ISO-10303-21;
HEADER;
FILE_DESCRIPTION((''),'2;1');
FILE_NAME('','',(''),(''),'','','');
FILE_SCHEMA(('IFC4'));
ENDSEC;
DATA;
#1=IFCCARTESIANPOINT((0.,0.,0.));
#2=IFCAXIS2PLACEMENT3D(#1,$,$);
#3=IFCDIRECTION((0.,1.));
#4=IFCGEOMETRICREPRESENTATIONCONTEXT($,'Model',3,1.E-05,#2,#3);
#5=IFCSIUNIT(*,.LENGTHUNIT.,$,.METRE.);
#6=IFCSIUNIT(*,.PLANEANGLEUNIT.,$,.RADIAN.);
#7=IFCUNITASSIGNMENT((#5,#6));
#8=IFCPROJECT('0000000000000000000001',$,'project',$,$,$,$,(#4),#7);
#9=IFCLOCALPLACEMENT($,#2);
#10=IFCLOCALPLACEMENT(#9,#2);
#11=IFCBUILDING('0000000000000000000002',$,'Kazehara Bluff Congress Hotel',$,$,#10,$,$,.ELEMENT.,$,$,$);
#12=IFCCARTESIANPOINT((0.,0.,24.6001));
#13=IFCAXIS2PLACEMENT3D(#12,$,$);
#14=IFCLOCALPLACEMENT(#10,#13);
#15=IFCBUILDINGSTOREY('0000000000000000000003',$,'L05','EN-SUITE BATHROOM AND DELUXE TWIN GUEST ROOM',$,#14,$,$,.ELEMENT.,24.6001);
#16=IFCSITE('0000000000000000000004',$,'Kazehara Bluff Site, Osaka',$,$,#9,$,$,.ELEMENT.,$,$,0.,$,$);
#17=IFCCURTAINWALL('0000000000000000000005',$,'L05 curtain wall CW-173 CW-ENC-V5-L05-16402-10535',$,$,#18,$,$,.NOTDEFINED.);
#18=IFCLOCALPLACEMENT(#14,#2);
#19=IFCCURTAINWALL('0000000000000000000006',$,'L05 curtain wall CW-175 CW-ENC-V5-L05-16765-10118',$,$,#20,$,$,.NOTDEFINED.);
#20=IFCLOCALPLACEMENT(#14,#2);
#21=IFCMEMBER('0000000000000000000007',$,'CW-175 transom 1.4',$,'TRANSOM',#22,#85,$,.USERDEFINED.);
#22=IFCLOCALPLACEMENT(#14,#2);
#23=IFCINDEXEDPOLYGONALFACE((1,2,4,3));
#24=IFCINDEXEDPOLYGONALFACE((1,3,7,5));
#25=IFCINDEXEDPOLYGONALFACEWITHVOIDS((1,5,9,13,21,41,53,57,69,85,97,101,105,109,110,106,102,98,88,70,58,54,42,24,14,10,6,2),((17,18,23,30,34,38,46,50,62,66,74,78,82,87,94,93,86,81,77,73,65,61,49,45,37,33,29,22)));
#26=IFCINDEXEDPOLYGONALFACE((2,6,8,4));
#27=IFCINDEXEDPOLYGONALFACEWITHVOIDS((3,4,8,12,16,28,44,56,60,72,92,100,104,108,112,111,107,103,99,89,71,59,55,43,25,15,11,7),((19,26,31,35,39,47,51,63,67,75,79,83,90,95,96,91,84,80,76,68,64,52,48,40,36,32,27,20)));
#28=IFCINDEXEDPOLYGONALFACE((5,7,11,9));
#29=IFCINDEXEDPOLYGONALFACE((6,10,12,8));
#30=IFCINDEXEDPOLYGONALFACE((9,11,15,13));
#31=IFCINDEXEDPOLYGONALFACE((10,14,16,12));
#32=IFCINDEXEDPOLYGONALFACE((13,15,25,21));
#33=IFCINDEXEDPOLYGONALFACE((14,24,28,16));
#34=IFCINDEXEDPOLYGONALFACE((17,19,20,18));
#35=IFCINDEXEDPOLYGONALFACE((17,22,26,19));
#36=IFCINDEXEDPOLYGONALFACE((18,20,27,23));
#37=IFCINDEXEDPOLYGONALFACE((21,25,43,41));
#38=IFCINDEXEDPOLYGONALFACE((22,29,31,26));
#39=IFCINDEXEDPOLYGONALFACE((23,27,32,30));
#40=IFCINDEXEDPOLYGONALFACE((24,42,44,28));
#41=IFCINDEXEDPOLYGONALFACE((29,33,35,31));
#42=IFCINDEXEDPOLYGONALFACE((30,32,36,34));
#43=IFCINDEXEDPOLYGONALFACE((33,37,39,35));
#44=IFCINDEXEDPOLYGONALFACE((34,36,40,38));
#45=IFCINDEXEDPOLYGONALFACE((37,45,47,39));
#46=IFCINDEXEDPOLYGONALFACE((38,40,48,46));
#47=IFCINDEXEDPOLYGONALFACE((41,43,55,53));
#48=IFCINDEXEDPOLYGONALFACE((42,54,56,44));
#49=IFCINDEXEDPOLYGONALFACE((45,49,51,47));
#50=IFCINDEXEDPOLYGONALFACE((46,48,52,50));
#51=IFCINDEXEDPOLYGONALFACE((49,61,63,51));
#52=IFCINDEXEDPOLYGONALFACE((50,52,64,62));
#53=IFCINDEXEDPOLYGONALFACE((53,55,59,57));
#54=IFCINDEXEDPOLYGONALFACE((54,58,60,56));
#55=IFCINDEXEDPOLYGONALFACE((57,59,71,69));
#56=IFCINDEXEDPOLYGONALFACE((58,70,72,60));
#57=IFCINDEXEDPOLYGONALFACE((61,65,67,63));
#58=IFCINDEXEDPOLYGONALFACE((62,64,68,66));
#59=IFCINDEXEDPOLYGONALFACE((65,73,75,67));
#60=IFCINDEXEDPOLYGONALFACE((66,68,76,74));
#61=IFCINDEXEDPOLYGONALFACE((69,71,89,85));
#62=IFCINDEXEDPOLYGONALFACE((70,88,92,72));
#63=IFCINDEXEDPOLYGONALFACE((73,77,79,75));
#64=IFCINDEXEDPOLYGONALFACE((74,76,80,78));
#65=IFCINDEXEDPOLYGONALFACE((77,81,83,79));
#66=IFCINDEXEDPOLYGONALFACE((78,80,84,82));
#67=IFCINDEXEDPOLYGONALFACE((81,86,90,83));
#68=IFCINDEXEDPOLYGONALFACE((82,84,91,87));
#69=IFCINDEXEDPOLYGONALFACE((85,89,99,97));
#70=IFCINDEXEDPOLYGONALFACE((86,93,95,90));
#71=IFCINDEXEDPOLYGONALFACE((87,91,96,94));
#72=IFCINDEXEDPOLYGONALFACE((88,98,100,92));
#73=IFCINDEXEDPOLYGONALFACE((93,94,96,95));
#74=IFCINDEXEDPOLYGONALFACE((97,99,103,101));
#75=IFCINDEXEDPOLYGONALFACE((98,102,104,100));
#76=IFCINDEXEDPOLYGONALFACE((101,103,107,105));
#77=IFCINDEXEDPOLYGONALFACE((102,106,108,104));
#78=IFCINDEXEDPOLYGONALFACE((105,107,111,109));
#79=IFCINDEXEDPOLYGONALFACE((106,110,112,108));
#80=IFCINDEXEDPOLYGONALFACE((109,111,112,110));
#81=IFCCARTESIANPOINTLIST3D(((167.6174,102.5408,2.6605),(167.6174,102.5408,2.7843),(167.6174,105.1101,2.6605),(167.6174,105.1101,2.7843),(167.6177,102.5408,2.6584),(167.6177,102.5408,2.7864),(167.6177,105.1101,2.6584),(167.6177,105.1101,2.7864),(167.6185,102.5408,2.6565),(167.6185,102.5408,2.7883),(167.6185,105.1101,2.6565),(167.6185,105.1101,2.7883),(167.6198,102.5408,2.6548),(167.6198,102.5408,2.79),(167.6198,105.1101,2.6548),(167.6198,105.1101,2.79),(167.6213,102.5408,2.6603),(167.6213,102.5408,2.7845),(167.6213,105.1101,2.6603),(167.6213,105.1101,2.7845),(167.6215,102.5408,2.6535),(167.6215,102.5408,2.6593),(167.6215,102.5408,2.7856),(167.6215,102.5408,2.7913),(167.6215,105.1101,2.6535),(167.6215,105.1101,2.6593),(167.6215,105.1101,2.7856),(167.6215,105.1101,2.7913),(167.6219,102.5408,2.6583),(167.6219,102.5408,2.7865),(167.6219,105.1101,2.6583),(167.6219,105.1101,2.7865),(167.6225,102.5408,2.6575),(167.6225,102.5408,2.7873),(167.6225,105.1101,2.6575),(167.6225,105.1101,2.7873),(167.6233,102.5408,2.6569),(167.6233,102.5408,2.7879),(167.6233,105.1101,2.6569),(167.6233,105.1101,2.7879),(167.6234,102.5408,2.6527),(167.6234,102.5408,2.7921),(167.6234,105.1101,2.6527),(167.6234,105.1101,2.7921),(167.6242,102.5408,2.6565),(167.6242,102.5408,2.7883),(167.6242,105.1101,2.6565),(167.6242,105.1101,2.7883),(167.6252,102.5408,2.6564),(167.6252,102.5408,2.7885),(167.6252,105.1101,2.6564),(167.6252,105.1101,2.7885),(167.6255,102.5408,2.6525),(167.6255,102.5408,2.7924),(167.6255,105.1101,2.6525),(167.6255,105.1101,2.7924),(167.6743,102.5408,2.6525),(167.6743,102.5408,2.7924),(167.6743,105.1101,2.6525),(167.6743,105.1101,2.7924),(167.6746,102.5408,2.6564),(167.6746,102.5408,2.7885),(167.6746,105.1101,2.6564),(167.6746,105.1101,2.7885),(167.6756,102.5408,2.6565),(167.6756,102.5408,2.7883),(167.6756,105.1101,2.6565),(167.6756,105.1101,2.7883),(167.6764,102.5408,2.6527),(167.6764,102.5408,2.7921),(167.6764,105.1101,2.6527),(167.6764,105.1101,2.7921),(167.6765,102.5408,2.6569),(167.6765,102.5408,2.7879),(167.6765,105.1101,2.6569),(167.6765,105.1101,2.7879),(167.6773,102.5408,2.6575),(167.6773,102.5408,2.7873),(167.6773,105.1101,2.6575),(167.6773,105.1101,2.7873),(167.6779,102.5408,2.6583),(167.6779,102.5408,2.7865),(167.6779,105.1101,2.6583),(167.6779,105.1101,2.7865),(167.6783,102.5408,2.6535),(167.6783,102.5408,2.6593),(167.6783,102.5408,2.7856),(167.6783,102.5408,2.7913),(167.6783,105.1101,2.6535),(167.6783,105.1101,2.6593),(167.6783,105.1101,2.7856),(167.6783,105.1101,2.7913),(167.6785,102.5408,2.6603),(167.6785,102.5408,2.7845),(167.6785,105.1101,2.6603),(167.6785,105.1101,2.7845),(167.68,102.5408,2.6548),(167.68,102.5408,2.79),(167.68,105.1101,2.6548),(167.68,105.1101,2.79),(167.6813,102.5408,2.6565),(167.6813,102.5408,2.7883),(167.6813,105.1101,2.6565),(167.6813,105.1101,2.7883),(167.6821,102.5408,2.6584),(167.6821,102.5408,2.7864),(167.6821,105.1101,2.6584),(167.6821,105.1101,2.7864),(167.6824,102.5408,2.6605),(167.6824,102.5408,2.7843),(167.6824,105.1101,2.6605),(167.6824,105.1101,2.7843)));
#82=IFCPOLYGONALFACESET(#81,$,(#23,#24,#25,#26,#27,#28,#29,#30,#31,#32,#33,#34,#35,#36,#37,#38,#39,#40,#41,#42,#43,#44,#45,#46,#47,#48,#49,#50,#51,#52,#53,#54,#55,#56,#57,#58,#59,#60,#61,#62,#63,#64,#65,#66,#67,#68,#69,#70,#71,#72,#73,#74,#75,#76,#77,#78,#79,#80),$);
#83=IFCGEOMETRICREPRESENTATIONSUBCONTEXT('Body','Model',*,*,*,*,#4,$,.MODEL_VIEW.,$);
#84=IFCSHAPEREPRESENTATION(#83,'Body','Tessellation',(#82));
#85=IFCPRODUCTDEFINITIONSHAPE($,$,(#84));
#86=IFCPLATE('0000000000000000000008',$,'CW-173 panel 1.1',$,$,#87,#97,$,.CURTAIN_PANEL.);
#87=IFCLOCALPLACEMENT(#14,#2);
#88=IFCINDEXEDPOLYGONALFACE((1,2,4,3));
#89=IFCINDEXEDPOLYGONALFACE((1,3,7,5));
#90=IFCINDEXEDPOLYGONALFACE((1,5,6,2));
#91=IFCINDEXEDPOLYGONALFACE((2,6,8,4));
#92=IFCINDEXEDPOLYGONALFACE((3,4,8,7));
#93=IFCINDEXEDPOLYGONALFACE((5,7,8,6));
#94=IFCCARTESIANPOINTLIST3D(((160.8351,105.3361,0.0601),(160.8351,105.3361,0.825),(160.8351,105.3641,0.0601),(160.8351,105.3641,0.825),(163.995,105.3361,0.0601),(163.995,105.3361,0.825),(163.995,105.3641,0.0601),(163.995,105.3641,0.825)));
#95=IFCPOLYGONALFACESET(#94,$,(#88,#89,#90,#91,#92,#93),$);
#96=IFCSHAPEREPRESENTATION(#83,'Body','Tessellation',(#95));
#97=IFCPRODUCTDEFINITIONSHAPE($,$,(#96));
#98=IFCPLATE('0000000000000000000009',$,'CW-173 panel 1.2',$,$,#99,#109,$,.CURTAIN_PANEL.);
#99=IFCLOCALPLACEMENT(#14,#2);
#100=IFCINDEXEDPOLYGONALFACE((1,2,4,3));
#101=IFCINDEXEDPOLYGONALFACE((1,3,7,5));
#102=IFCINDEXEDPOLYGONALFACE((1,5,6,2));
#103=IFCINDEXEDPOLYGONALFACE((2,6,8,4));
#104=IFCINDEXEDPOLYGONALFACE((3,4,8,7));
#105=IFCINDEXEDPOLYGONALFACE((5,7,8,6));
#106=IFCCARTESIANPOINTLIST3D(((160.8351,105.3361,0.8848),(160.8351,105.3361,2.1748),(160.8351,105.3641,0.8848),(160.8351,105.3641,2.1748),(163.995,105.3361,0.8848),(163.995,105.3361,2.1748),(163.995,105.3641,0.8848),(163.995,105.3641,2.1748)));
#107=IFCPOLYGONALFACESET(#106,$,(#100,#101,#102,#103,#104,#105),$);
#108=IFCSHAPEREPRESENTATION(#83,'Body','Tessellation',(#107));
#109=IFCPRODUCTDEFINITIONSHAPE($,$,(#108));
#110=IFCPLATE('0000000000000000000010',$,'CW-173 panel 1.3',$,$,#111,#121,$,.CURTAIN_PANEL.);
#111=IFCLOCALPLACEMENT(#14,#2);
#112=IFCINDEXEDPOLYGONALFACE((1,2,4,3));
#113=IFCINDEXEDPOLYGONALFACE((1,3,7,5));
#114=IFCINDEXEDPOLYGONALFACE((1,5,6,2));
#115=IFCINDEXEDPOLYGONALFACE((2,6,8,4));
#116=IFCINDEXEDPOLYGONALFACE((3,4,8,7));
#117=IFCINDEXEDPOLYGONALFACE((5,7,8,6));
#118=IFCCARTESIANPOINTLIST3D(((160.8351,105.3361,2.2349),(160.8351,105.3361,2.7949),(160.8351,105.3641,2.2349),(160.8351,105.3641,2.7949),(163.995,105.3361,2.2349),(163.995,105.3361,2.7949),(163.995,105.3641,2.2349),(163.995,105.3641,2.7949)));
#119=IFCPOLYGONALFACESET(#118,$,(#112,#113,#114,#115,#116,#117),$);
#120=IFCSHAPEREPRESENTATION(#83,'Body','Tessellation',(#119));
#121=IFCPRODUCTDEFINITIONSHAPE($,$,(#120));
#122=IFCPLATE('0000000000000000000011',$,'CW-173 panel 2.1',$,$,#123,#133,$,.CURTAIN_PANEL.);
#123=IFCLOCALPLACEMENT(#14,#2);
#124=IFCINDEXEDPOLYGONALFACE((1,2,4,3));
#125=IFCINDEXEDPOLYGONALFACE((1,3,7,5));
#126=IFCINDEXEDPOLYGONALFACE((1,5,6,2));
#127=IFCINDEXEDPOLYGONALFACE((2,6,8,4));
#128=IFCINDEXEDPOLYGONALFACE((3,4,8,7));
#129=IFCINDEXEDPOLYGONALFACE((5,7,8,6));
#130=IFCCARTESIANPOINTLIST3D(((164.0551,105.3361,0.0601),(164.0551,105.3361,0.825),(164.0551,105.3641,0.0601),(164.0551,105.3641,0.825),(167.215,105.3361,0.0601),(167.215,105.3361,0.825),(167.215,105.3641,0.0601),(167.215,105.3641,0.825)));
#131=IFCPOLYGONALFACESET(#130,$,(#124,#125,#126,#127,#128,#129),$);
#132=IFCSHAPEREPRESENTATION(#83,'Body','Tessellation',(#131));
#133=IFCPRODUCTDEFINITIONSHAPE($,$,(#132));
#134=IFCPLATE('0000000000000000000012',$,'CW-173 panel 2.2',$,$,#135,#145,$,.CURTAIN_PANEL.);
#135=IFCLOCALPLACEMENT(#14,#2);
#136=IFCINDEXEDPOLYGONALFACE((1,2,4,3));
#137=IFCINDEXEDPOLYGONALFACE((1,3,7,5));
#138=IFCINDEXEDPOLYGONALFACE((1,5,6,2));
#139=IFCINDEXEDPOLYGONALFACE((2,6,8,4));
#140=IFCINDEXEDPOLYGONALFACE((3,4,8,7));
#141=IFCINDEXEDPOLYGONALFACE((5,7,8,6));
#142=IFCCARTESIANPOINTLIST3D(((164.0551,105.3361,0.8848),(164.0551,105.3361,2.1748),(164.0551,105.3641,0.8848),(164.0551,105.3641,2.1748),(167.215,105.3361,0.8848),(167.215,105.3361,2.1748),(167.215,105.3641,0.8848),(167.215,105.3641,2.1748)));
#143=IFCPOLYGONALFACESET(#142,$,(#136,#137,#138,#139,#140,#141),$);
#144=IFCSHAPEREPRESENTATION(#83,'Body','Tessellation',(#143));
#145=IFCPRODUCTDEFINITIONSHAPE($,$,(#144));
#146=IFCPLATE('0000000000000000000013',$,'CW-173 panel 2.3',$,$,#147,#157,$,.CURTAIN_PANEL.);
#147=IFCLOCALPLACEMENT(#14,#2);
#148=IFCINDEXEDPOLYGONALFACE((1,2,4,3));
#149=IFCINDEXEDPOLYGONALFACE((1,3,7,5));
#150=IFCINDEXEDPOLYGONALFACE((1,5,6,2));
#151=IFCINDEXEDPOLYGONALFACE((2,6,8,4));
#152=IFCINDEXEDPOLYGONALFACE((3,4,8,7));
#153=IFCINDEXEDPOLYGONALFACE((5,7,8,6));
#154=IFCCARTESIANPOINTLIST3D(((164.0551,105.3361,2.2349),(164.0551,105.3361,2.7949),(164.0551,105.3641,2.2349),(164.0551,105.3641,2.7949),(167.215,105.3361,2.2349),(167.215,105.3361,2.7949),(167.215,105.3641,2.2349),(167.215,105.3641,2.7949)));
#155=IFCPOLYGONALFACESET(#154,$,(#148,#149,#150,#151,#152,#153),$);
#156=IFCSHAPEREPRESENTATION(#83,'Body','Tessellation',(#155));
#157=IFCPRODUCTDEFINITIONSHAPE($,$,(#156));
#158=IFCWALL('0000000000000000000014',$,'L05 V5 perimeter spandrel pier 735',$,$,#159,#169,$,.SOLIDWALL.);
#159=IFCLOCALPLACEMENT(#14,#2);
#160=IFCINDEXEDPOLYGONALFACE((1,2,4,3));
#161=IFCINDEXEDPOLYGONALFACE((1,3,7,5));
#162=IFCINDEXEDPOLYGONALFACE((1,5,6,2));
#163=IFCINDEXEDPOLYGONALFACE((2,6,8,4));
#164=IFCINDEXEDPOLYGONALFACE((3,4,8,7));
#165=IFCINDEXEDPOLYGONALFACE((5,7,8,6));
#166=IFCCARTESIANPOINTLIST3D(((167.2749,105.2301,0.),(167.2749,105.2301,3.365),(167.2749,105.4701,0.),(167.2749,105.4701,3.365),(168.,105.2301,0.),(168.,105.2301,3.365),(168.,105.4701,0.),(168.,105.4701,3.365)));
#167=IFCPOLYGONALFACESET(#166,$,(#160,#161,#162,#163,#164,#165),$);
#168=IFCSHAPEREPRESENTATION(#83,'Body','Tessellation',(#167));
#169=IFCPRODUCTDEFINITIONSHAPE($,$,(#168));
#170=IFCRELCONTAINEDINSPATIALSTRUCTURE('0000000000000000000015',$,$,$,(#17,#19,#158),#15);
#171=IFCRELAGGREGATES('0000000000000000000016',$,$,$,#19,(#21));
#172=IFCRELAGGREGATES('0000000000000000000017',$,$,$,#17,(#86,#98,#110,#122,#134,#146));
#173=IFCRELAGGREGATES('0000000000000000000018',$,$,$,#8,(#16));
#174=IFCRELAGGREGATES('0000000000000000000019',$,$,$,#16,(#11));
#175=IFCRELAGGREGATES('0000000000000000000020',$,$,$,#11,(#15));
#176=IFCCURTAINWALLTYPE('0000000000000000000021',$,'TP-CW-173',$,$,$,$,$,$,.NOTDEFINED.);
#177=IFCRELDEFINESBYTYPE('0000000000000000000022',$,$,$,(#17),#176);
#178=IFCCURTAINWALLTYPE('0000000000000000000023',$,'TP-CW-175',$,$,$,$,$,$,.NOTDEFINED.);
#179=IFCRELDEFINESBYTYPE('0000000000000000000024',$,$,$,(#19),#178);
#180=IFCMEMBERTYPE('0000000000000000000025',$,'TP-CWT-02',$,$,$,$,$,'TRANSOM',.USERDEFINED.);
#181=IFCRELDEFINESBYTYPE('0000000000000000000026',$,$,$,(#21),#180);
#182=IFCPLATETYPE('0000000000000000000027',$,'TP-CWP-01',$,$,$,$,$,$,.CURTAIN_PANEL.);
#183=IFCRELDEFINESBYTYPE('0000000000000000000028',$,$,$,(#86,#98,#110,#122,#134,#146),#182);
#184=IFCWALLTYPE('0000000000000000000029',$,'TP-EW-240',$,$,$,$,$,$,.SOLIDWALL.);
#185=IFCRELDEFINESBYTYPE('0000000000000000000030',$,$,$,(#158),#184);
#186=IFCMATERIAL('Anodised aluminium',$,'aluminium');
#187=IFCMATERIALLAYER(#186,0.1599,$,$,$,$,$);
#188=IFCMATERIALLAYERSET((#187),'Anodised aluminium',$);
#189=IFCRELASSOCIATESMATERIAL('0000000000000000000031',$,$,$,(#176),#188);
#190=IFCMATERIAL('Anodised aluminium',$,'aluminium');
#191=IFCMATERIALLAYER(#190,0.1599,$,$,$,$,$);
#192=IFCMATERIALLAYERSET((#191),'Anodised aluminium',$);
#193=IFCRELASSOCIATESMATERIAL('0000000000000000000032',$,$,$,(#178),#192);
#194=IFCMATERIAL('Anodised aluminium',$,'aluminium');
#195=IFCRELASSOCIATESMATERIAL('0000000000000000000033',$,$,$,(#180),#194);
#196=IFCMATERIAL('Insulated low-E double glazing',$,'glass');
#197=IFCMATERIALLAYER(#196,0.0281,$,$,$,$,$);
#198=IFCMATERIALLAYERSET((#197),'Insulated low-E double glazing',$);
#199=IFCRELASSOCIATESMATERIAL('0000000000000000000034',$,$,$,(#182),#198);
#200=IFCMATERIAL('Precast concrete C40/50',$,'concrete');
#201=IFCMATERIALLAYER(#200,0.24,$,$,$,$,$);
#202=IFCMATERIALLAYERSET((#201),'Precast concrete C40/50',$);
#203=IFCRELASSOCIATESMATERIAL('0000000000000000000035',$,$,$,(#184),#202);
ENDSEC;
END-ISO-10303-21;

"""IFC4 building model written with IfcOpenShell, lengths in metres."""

from ifc_helpers import new_model, si_unit, direction, frame, frame_2d, origin, origin_2d, place, context, subcontext, project, spatial, rectangle, hollow_rectangle, extrude, material, layer, layer_set, material_profile, profile_set, type_object, element, aggregate, save


model = new_model("IFC4")

# Units and contexts
model_context = context("Model", 3, precision=1e-05, world=origin(), true_north=direction((0.0, 1.0)))
body_context = subcontext(model_context, "Body", "Model", "MODEL_VIEW")
ifc_project = project(units=[si_unit("LENGTHUNIT", "METRE"), si_unit("PLANEANGLEUNIT", "RADIAN")], contexts=[model_context])

# Site, building, storey
site_placement = place(None, origin())
site = spatial("IfcSite", under=ifc_project, at=site_placement, Name="Kazehara Bluff Site, Osaka", CompositionType="ELEMENT", RefElevation=0.0)
building_placement = place(site_placement, origin())
building = spatial("IfcBuilding", under=site, at=building_placement, Name="Kazehara Bluff Congress Hotel", CompositionType="ELEMENT")
storey_placement = place(building_placement, frame((0.0, 0.0, 24.6001)))
storey = spatial("IfcBuildingStorey", under=building, at=storey_placement, Name="L05", Description="EN-SUITE BATHROOM AND DELUXE TWIN GUEST ROOM", CompositionType="ELEMENT", Elevation=24.6001)

# Curtain wall
ifc_material_1 = material(Name="Anodised aluminium", Category="aluminium")
ifc_layer_1 = layer(ifc_material_1, 0.1599)
ifc_layer_set_1 = layer_set([ifc_layer_1], Name="Anodised aluminium")
curtain_wall_type_1 = type_object("IfcCurtainWallType", Name="TP-CW-173", PredefinedType="NOTDEFINED", material=ifc_layer_set_1)
curtain_wall_1_placement = place(storey_placement, origin())
curtain_wall_1 = element("IfcCurtainWall", 1, at=curtain_wall_1_placement, inside=storey, type_object=curtain_wall_type_1, Name="L05 curtain wall CW-173 CW-ENC-V5-L05-16402-10535", PredefinedType="NOTDEFINED")

# Curtain wall
ifc_material_2 = material(Name="Anodised aluminium", Category="aluminium")
ifc_layer_2 = layer(ifc_material_2, 0.1599)
ifc_layer_set_2 = layer_set([ifc_layer_2], Name="Anodised aluminium")
curtain_wall_type_2 = type_object("IfcCurtainWallType", Name="TP-CW-175", PredefinedType="NOTDEFINED", material=ifc_layer_set_2)
curtain_wall_2_placement = place(storey_placement, origin())
curtain_wall_2 = element("IfcCurtainWall", 2, at=curtain_wall_2_placement, inside=storey, type_object=curtain_wall_type_2, Name="L05 curtain wall CW-175 CW-ENC-V5-L05-16765-10118", PredefinedType="NOTDEFINED")

# Member
ifc_material_3 = material(Name="Anodised aluminium", Category="aluminium")
ifc_material_profile_1 = material_profile(ifc_material_3, hollow_rectangle(XDim=0.0649, YDim=0.1399, WallThickness=0.0039, InnerFilletRadius=0.0039, OuterFilletRadius=0.0081, at=origin_2d()))
ifc_profile_set_1 = profile_set([ifc_material_profile_1], Name="Anodised aluminium")
member_type_1 = type_object("IfcMemberType", Name="TP-CWT-02", ElementType="TRANSOM", PredefinedType="USERDEFINED", material=ifc_profile_set_1)
member_1_placement = place(storey_placement, frame((167.6499, 105.1101, 2.7224), z_axis=(0.0, -1.0, 0.0), x_axis=(1.0, 0.0, 0.0)))
member_1 = element("IfcMember", 3, at=member_1_placement, type_object=member_type_1, Name="CW-175 transom 1.4", ObjectType="TRANSOM", PredefinedType="USERDEFINED", context=body_context, shape_type="SweptSolid", body=[
    extrude(hollow_rectangle(XDim=0.0649, YDim=0.1399, WallThickness=0.0039, InnerFilletRadius=0.0039, OuterFilletRadius=0.0081, at=origin_2d()), origin(), (0.0, 0.0, 1.0), 2.5693),
])
aggregate(curtain_wall_2, [member_1])

# Plates
ifc_material_4 = material(Name="Insulated low-E double glazing", Category="glass")
ifc_layer_3 = layer(ifc_material_4, 0.0281)
ifc_layer_set_3 = layer_set([ifc_layer_3], Name="Insulated low-E double glazing")
plate_type = type_object("IfcPlateType", Name="TP-CWP-01", PredefinedType="CURTAIN_PANEL", material=ifc_layer_set_3)
plate_1_placement = place(storey_placement, frame((162.415, 105.3501, 0.0601), z_axis=(0.0, 0.0, 1.0), x_axis=(1.0, 0.0, 0.0)))
plate_1 = element("IfcPlate", 4, at=plate_1_placement, type_object=plate_type, Name="CW-173 panel 1.1", PredefinedType="CURTAIN_PANEL", context=body_context, shape_type="SweptSolid", body=[
    extrude(rectangle(XDim=3.1599, YDim=0.0281, at=origin_2d()), origin(), (0.0, 0.0, 1.0), 0.7649),
])
plate_2_placement = place(storey_placement, frame((162.415, 105.3501, 0.8848), z_axis=(0.0, 0.0, 1.0), x_axis=(1.0, 0.0, 0.0)))
plate_2 = element("IfcPlate", 5, at=plate_2_placement, type_object=plate_type, Name="CW-173 panel 1.2", PredefinedType="CURTAIN_PANEL", context=body_context, shape_type="SweptSolid", body=[
    extrude(rectangle(XDim=3.1599, YDim=0.0281, at=origin_2d()), origin(), (0.0, 0.0, 1.0), 1.29),
])
plate_3_placement = place(storey_placement, frame((162.415, 105.3501, 2.2349), z_axis=(0.0, 0.0, 1.0), x_axis=(1.0, 0.0, 0.0)))
plate_3 = element("IfcPlate", 6, at=plate_3_placement, type_object=plate_type, Name="CW-173 panel 1.3", PredefinedType="CURTAIN_PANEL", context=body_context, shape_type="SweptSolid", body=[
    extrude(rectangle(XDim=3.1599, YDim=0.0281, at=origin_2d()), origin(), (0.0, 0.0, 1.0), 0.5601),
])
plate_4_placement = place(storey_placement, frame((165.635, 105.3501, 0.0601), z_axis=(0.0, 0.0, 1.0), x_axis=(1.0, 0.0, 0.0)))
plate_4 = element("IfcPlate", 7, at=plate_4_placement, type_object=plate_type, Name="CW-173 panel 2.1", PredefinedType="CURTAIN_PANEL", context=body_context, shape_type="SweptSolid", body=[
    extrude(rectangle(XDim=3.1599, YDim=0.0281, at=origin_2d()), origin(), (0.0, 0.0, 1.0), 0.7649),
])
plate_5_placement = place(storey_placement, frame((165.635, 105.3501, 0.8848), z_axis=(0.0, 0.0, 1.0), x_axis=(1.0, 0.0, 0.0)))
plate_5 = element("IfcPlate", 8, at=plate_5_placement, type_object=plate_type, Name="CW-173 panel 2.2", PredefinedType="CURTAIN_PANEL", context=body_context, shape_type="SweptSolid", body=[
    extrude(rectangle(XDim=3.1599, YDim=0.0281, at=origin_2d()), origin(), (0.0, 0.0, 1.0), 1.29),
])
plate_6_placement = place(storey_placement, frame((165.635, 105.3501, 2.2349), z_axis=(0.0, 0.0, 1.0), x_axis=(1.0, 0.0, 0.0)))
plate_6 = element("IfcPlate", 9, at=plate_6_placement, type_object=plate_type, Name="CW-173 panel 2.3", PredefinedType="CURTAIN_PANEL", context=body_context, shape_type="SweptSolid", body=[
    extrude(rectangle(XDim=3.1599, YDim=0.0281, at=origin_2d()), origin(), (0.0, 0.0, 1.0), 0.5601),
])
aggregate(curtain_wall_1, [plate_1, plate_2, plate_3, plate_4, plate_5, plate_6])

# Wall
ifc_material_5 = material(Name="Precast concrete C40/50", Category="concrete")
ifc_layer_4 = layer(ifc_material_5, 0.24)
ifc_layer_set_4 = layer_set([ifc_layer_4], Name="Precast concrete C40/50")
wall_type = type_object("IfcWallType", Name="TP-EW-240", PredefinedType="SOLIDWALL", material=ifc_layer_set_4)
wall_placement = place(storey_placement, frame((167.2749, 105.3501, 0.0), z_axis=(0.0, 0.0, 1.0), x_axis=(1.0, 0.0, 0.0)))
element("IfcWall", 10, at=wall_placement, inside=storey, type_object=wall_type, Name="L05 V5 perimeter spandrel pier 735", PredefinedType="SOLIDWALL", context=body_context, shape_type="SweptSolid", body=[
    extrude(rectangle(XDim=0.7251, YDim=0.24, at=frame_2d((0.3625, 0.0))), origin(), (0.0, 0.0, 1.0), 3.365),
])

save(model, "model.ifc")
